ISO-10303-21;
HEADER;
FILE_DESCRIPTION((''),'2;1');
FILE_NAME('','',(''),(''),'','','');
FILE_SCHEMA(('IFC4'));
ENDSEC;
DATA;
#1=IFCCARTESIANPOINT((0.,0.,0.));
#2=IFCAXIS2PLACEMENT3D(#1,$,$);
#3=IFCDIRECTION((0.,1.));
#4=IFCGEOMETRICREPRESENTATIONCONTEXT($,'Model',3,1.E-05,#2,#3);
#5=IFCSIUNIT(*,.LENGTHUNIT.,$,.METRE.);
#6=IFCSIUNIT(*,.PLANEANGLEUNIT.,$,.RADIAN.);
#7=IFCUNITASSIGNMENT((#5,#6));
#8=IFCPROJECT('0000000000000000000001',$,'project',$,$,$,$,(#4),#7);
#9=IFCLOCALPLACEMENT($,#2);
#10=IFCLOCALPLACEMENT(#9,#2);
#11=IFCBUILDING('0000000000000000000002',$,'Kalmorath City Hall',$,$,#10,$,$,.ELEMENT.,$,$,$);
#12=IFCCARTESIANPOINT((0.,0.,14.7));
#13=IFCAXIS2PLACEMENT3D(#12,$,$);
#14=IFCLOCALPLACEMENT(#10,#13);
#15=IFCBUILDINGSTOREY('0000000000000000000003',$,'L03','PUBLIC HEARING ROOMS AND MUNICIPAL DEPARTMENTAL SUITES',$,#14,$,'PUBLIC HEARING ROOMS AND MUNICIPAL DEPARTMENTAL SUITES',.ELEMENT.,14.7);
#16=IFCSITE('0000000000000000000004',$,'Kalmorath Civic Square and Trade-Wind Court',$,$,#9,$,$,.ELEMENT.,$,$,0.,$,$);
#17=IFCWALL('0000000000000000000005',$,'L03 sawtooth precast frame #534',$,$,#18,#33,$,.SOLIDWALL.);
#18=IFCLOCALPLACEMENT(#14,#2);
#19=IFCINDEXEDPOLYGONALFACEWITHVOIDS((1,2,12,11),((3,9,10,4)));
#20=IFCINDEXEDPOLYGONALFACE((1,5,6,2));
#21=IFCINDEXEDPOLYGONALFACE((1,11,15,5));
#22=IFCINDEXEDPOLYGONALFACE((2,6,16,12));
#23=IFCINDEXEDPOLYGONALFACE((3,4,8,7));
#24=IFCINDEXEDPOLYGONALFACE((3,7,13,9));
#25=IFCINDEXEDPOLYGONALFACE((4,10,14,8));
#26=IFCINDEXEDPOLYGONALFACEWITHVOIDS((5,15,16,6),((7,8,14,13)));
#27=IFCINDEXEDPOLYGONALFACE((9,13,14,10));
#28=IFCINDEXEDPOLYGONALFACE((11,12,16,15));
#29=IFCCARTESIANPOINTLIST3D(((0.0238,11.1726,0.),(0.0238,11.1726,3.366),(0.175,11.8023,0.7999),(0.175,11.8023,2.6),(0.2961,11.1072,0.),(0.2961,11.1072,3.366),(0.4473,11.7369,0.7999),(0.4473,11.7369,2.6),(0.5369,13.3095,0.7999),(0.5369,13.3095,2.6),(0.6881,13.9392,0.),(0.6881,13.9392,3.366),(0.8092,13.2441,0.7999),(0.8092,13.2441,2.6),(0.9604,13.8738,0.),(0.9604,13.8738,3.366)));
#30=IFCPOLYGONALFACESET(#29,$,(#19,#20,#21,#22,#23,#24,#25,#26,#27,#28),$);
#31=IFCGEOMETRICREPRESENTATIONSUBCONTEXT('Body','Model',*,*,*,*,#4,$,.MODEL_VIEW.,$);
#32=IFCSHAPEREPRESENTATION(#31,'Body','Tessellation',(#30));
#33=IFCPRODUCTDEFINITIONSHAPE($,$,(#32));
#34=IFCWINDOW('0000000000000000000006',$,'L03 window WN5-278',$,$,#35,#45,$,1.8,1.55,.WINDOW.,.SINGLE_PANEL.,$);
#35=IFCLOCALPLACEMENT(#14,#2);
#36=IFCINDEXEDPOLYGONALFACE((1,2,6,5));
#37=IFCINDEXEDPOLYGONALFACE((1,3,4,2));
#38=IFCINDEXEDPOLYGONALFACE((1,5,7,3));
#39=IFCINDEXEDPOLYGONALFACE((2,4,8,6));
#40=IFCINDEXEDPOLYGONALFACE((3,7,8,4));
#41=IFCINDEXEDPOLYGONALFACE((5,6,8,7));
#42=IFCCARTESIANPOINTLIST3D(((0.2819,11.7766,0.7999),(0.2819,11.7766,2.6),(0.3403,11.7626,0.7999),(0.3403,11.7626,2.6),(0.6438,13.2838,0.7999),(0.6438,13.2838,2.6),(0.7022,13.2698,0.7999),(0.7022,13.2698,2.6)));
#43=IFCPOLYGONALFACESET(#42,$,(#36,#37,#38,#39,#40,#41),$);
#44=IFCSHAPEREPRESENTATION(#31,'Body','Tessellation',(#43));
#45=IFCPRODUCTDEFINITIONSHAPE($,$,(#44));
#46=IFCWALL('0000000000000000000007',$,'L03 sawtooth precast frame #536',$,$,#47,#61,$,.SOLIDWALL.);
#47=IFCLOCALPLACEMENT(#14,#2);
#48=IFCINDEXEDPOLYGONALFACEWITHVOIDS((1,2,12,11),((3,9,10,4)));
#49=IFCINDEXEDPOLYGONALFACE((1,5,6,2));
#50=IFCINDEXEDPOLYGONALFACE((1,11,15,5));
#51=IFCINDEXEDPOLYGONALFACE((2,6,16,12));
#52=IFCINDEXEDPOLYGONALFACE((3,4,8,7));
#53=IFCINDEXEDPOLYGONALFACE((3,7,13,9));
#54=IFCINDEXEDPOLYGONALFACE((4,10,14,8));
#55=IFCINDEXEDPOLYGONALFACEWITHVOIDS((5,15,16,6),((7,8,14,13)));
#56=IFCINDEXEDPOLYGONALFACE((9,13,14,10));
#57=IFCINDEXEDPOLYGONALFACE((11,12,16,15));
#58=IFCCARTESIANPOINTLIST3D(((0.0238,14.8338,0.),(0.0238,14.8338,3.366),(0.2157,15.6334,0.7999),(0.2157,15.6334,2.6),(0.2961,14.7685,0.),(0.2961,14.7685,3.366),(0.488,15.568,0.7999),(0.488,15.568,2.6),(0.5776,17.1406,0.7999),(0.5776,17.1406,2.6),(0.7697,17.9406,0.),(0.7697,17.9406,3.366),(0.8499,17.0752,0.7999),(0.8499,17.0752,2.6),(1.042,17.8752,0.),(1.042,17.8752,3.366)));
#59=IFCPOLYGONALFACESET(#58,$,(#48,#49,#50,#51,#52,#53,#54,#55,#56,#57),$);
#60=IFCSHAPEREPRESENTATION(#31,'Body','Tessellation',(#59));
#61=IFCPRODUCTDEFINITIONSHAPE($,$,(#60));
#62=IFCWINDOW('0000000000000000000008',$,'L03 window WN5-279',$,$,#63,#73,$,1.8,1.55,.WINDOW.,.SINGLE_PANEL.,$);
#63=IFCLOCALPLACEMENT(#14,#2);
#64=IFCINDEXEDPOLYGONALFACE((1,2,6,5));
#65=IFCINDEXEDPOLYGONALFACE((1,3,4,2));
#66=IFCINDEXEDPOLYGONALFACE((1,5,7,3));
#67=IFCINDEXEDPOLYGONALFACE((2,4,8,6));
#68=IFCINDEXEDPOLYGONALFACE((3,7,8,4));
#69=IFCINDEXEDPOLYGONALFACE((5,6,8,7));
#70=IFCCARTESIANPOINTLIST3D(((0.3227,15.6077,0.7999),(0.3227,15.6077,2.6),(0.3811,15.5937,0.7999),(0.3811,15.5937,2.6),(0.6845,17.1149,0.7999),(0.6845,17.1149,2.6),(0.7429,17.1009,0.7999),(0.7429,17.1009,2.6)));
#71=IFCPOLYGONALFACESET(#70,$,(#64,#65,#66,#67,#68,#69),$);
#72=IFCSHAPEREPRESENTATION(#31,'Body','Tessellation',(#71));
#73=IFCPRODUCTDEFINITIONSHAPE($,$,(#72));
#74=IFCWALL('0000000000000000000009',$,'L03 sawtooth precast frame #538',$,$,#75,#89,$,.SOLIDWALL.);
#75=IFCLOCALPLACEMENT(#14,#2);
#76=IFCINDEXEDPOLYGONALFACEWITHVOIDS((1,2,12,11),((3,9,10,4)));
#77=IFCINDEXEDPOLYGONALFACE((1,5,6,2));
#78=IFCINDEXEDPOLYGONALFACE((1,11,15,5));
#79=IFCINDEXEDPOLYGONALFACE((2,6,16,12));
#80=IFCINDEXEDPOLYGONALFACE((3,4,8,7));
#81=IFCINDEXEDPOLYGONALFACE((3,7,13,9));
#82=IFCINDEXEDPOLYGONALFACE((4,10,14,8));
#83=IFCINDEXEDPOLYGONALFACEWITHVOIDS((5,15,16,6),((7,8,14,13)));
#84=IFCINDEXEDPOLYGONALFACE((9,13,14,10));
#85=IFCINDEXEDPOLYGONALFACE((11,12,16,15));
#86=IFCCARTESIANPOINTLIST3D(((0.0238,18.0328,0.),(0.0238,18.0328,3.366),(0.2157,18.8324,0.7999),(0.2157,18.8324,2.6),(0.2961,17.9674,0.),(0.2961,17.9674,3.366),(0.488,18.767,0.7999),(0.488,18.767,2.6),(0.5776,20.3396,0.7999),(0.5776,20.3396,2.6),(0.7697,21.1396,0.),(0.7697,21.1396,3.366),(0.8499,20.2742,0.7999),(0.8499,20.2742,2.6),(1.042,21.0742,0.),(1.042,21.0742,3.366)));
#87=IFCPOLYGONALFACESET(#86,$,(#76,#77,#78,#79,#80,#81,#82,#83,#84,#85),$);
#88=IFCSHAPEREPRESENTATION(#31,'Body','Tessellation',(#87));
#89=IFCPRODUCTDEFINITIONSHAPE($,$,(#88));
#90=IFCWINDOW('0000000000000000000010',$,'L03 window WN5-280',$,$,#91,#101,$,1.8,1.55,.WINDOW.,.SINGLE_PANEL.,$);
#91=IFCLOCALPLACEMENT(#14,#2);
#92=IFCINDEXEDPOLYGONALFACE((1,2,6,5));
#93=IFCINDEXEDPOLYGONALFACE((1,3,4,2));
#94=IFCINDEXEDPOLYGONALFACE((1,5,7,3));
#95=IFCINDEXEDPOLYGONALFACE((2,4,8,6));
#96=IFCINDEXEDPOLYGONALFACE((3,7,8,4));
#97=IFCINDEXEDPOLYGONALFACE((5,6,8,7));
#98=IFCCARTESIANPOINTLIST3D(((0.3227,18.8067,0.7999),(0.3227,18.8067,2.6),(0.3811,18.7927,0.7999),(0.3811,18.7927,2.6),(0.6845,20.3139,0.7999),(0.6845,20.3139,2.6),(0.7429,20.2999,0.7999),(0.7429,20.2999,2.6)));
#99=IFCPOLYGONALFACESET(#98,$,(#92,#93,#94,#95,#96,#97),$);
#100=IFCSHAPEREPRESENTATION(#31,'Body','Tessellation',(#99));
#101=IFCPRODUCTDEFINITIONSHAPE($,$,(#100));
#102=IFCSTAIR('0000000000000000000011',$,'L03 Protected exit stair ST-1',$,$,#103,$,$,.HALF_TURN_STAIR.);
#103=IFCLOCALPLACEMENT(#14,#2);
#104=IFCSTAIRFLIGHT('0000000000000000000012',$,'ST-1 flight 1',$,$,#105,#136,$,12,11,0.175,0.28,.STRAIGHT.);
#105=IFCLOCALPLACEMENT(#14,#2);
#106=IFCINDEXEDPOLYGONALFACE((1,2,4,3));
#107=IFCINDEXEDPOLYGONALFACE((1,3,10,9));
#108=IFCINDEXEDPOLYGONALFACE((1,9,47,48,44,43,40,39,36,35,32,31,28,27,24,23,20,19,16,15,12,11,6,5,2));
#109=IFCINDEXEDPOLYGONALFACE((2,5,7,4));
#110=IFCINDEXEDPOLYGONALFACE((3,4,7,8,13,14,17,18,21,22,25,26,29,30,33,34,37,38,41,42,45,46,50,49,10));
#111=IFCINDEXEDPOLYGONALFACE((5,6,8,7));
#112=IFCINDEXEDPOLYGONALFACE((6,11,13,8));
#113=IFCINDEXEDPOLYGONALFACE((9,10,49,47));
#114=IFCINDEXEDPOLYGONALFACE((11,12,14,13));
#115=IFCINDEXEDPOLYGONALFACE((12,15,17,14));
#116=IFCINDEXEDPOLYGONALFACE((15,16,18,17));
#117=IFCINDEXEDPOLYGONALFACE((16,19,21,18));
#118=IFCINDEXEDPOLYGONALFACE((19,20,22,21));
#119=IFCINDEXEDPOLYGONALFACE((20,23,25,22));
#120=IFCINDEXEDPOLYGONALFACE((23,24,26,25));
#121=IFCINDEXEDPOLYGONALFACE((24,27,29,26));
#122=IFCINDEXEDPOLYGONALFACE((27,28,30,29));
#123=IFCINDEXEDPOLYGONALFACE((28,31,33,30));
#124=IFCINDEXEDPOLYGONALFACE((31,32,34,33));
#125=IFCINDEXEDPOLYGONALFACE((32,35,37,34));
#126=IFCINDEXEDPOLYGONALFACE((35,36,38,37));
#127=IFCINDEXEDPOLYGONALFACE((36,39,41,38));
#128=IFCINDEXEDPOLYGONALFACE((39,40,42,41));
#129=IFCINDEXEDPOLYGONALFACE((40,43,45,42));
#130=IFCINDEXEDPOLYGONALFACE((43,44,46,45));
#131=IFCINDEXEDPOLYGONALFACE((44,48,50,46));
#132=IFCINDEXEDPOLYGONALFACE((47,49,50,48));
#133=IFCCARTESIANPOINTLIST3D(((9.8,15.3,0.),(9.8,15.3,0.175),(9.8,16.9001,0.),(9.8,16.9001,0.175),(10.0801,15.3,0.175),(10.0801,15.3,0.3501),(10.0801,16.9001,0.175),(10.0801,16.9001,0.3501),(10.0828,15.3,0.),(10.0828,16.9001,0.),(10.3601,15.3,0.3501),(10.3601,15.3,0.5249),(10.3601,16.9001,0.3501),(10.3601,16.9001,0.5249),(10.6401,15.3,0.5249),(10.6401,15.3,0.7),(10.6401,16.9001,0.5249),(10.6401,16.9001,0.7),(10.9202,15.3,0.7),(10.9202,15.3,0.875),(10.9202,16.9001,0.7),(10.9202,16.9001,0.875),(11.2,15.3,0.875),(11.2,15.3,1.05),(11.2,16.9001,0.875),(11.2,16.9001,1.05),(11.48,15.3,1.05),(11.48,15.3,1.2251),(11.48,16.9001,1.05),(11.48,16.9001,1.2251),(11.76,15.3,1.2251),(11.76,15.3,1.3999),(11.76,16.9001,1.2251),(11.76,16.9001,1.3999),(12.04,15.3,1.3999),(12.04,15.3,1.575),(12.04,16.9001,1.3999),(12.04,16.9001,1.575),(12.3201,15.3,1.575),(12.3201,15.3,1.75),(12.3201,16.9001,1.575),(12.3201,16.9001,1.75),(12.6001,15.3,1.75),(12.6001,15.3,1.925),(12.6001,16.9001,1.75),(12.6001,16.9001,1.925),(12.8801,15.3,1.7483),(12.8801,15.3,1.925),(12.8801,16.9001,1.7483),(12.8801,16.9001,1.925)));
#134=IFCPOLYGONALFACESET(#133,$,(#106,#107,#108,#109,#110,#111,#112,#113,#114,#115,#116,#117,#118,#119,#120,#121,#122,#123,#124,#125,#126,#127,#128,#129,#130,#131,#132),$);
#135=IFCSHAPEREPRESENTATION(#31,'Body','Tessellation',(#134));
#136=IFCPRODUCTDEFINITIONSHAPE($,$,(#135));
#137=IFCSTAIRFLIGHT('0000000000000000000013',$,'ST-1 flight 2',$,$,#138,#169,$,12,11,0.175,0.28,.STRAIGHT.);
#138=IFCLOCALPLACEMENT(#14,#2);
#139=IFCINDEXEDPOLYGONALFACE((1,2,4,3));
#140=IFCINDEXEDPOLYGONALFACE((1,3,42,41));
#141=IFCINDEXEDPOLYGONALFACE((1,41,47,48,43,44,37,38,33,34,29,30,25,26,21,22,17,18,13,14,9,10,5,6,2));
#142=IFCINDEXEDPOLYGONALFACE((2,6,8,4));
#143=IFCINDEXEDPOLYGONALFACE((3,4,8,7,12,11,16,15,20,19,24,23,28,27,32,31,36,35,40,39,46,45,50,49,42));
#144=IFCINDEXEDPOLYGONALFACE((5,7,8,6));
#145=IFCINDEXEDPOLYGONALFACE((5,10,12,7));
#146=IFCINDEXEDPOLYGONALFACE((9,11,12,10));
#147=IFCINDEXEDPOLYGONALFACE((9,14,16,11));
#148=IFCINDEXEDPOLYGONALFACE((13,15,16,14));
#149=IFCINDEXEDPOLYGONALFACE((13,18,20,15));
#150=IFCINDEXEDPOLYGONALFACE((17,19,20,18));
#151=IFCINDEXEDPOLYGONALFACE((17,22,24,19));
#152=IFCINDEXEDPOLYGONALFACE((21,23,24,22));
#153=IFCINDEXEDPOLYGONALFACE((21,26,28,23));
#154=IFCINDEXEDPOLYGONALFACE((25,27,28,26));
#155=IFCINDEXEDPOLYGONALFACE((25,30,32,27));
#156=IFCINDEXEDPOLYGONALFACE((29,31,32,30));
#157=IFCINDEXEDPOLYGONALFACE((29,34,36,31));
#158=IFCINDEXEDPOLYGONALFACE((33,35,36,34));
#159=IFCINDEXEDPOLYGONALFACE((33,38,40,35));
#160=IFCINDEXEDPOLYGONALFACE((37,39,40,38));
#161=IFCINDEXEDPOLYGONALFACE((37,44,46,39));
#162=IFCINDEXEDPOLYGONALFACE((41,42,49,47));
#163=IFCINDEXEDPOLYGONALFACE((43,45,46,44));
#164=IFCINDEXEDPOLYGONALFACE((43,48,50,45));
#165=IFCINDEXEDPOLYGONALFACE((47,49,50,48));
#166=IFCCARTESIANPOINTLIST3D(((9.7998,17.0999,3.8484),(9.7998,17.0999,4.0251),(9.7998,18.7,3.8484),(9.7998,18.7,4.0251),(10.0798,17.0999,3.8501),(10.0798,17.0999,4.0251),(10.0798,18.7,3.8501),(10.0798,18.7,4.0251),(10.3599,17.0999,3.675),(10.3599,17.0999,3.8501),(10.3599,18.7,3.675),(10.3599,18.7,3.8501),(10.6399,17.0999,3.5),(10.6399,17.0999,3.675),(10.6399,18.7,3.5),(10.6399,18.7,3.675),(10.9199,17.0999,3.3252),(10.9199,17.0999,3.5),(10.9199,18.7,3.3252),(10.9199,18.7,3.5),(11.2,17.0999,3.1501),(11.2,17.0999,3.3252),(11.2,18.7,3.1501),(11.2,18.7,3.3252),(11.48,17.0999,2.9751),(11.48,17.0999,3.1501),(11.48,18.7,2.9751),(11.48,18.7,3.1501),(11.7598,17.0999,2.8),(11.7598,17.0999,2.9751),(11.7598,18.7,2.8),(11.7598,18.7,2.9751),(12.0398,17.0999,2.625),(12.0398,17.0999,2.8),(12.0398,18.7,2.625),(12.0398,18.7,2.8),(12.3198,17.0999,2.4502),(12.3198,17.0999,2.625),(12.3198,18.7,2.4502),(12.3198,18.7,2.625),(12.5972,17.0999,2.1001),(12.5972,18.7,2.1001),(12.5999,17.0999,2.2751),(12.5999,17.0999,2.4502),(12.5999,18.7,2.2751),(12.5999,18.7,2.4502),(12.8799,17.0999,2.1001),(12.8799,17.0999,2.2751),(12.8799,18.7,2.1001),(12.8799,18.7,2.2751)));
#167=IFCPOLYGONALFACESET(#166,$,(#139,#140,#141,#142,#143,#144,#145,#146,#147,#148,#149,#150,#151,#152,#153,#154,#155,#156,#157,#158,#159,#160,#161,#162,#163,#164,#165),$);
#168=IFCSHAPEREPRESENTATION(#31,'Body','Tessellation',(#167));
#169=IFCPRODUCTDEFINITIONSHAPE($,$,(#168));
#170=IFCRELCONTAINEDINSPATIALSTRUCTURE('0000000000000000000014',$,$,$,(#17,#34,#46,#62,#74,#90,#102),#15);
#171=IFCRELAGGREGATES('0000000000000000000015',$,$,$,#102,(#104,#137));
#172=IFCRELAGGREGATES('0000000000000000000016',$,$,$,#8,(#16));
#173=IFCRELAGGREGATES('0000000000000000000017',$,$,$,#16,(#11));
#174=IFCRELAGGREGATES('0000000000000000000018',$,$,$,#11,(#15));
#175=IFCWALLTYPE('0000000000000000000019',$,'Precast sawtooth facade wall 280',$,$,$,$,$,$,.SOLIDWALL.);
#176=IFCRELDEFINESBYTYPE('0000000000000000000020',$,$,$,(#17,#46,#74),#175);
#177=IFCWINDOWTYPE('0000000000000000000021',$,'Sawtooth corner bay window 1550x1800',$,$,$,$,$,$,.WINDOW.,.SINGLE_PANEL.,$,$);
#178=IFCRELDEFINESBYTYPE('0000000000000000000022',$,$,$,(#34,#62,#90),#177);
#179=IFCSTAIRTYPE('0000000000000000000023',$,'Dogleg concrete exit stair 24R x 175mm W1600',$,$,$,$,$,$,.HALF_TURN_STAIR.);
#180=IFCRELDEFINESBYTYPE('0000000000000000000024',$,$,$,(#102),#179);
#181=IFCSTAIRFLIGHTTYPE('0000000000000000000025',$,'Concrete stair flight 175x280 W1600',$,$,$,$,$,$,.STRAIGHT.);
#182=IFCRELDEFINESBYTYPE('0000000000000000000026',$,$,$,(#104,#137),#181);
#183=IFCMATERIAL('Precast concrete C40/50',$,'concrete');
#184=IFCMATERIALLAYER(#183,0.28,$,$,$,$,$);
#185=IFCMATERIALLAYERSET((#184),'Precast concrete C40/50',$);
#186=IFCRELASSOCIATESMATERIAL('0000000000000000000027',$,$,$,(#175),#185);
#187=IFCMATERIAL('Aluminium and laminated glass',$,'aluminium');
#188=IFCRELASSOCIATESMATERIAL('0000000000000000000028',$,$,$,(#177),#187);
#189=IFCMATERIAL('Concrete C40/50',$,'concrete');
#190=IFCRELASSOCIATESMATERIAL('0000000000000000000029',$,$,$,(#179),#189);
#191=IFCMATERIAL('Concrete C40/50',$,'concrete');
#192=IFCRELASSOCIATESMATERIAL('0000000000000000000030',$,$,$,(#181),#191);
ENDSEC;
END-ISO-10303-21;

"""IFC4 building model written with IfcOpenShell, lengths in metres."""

from ifc_helpers import new_model, si_unit, direction, frame, frame_2d, origin, place, context, subcontext, project, spatial, polyline, rectangle, outline, extrude, material, layer, layer_set, type_object, element, fill, aggregate, save


model = new_model("IFC4")

# Units and contexts
model_context = context("Model", 3, precision=1e-05, world=origin(), true_north=direction((0.0, 1.0)))
body_context = subcontext(model_context, "Body", "Model", "MODEL_VIEW")
ifc_project = project(units=[si_unit("LENGTHUNIT", "METRE"), si_unit("PLANEANGLEUNIT", "RADIAN")], contexts=[model_context])

# Site, building, storey
site_placement = place(None, origin())
site = spatial("IfcSite", under=ifc_project, at=site_placement, Name="Kalmorath Civic Square and Trade-Wind Court", CompositionType="ELEMENT", RefElevation=0.0)
building_placement = place(site_placement, origin())
building = spatial("IfcBuilding", under=site, at=building_placement, Name="Kalmorath City Hall", CompositionType="ELEMENT")
storey_placement = place(building_placement, frame((0.0, 0.0, 14.7)))
storey = spatial("IfcBuildingStorey", under=building, at=storey_placement, Name="L03", Description="PUBLIC HEARING ROOMS AND MUNICIPAL DEPARTMENTAL SUITES", LongName="PUBLIC HEARING ROOMS AND MUNICIPAL DEPARTMENTAL SUITES", CompositionType="ELEMENT", Elevation=14.7)

# Walls, openings, windows
ifc_material_1 = material(Name="Precast concrete C40/50", Category="concrete")
ifc_layer_1 = layer(ifc_material_1, 0.28)
ifc_layer_set_1 = layer_set([ifc_layer_1], Name="Precast concrete C40/50")
wall_type_1 = type_object("IfcWallType", Name="Precast sawtooth facade wall 280", PredefinedType="SOLIDWALL", material=ifc_layer_set_1)
wall_1_placement = place(storey_placement, frame((0.1599, 11.1399, 0.0), z_axis=(0.0, 0.0, 1.0), x_axis=(0.23348, 0.972362, 0.0)))
wall_1 = element("IfcWall", 1, at=wall_1_placement, inside=storey, type_object=wall_type_1, Name="L03 sawtooth precast frame #534", PredefinedType="SOLIDWALL", context=body_context, shape_type="SweptSolid", body=[
    extrude(rectangle(XDim=2.8452, YDim=0.28, at=frame_2d((1.4226, 0.0))), origin(), (0.0, 0.0, 1.0), 3.366),
])
opening_1_placement = place(wall_1_placement, frame((0.6477, 0.0, 0.8)))
opening_1 = element("IfcOpeningElement", 2, at=opening_1_placement, cuts=wall_1, PredefinedType="OPENING", context=body_context, shape_type="SweptSolid", body=[
    extrude(rectangle(XDim=1.55, YDim=1.8, at=frame_2d((0.7749, 0.8999))), frame((0.0, 0.1499, 0.0), z_axis=(0.0, -1.0, 0.0), x_axis=(1.0, 0.0, 0.0)), (0.0, 0.0, 1.0), 0.3),
])
ifc_material_2 = material(Name="Aluminium and laminated glass", Category="aluminium")
window_type = type_object("IfcWindowType", Name="Sawtooth corner bay window 1550x1800", PartitioningType="SINGLE_PANEL", PredefinedType="WINDOW", material=ifc_material_2)
window_1_placement = place(opening_1_placement, origin())
window_1 = element("IfcWindow", 3, at=window_1_placement, inside=storey, type_object=window_type, Name="L03 window WN5-278", OverallHeight=1.8, OverallWidth=1.55, PartitioningType="SINGLE_PANEL", PredefinedType="WINDOW", context=body_context, shape_type="SweptSolid", body=[
    extrude(rectangle(XDim=1.55, YDim=1.8, at=frame_2d((0.7749, 0.8999))), frame((0.0, 0.03, 0.0), z_axis=(0.0, -1.0, 0.0), x_axis=(1.0, 0.0, 0.0)), (0.0, 0.0, 1.0), 0.0601),
])
fill(opening_1, window_1)
wall_2_placement = place(storey_placement, frame((0.1599, 14.801, 0.0), z_axis=(0.0, 0.0, 1.0), x_axis=(0.233445, 0.97237, 0.0)))
wall_2 = element("IfcWall", 4, at=wall_2_placement, inside=storey, type_object=wall_type_1, Name="L03 sawtooth precast frame #536", PredefinedType="SOLIDWALL", context=body_context, shape_type="SweptSolid", body=[
    extrude(rectangle(XDim=3.1951, YDim=0.28, at=frame_2d((1.5977, 0.0))), origin(), (0.0, 0.0, 1.0), 3.366),
])
opening_2_placement = place(wall_2_placement, frame((0.8225, 0.0, 0.8)))
opening_2 = element("IfcOpeningElement", 5, at=opening_2_placement, cuts=wall_2, PredefinedType="OPENING", context=body_context, shape_type="SweptSolid", body=[
    extrude(rectangle(XDim=1.55, YDim=1.8, at=frame_2d((0.7749, 0.8999))), frame((0.0, 0.1499, 0.0), z_axis=(0.0, -1.0, 0.0), x_axis=(1.0, 0.0, 0.0)), (0.0, 0.0, 1.0), 0.3),
])
window_2_placement = place(opening_2_placement, origin())
window_2 = element("IfcWindow", 6, at=window_2_placement, inside=storey, type_object=window_type, Name="L03 window WN5-279", OverallHeight=1.8, OverallWidth=1.55, PartitioningType="SINGLE_PANEL", PredefinedType="WINDOW", context=body_context, shape_type="SweptSolid", body=[
    extrude(rectangle(XDim=1.55, YDim=1.8, at=frame_2d((0.7749, 0.8999))), frame((0.0, 0.03, 0.0), z_axis=(0.0, -1.0, 0.0), x_axis=(1.0, 0.0, 0.0)), (0.0, 0.0, 1.0), 0.0601),
])
fill(opening_2, window_2)
wall_3_placement = place(storey_placement, frame((0.1599, 18.0, 0.0), z_axis=(0.0, 0.0, 1.0), x_axis=(0.233445, 0.97237, 0.0)))
wall_3 = element("IfcWall", 7, at=wall_3_placement, inside=storey, type_object=wall_type_1, Name="L03 sawtooth precast frame #538", PredefinedType="SOLIDWALL", context=body_context, shape_type="SweptSolid", body=[
    extrude(rectangle(XDim=3.1951, YDim=0.28, at=frame_2d((1.5977, 0.0))), origin(), (0.0, 0.0, 1.0), 3.366),
])
opening_3_placement = place(wall_3_placement, frame((0.8225, 0.0, 0.8)))
opening_3 = element("IfcOpeningElement", 8, at=opening_3_placement, cuts=wall_3, PredefinedType="OPENING", context=body_context, shape_type="SweptSolid", body=[
    extrude(rectangle(XDim=1.55, YDim=1.8, at=frame_2d((0.7749, 0.8999))), frame((0.0, 0.1499, 0.0), z_axis=(0.0, -1.0, 0.0), x_axis=(1.0, 0.0, 0.0)), (0.0, 0.0, 1.0), 0.3),
])
window_3_placement = place(opening_3_placement, origin())
window_3 = element("IfcWindow", 9, at=window_3_placement, inside=storey, type_object=window_type, Name="L03 window WN5-280", OverallHeight=1.8, OverallWidth=1.55, PartitioningType="SINGLE_PANEL", PredefinedType="WINDOW", context=body_context, shape_type="SweptSolid", body=[
    extrude(rectangle(XDim=1.55, YDim=1.8, at=frame_2d((0.7749, 0.8999))), frame((0.0, 0.03, 0.0), z_axis=(0.0, -1.0, 0.0), x_axis=(1.0, 0.0, 0.0)), (0.0, 0.0, 1.0), 0.0601),
])
fill(opening_3, window_3)

# Stair, stair flights
ifc_material_3 = material(Name="Concrete C40/50", Category="concrete")
stair_type = type_object("IfcStairType", Name="Dogleg concrete exit stair 24R x 175mm W1600", PredefinedType="HALF_TURN_STAIR", material=ifc_material_3)
stair_placement = place(storey_placement, origin())
stair = element("IfcStair", 10, at=stair_placement, inside=storey, type_object=stair_type, Name="L03 Protected exit stair ST-1", PredefinedType="HALF_TURN_STAIR")
ifc_material_4 = material(Name="Concrete C40/50", Category="concrete")
stair_flight_type = type_object("IfcStairFlightType", Name="Concrete stair flight 175x280 W1600", PredefinedType="STRAIGHT", material=ifc_material_4)
stair_flight_1_placement = place(storey_placement, frame((9.8, 16.1001, 0.0), z_axis=(0.0, 0.0, 1.0), x_axis=(1.0, 0.0, 0.0)))
stair_flight_1 = element("IfcStairFlight", 11, at=stair_flight_1_placement, type_object=stair_flight_type, Name="ST-1 flight 1", NumberOfRisers=12, NumberOfTreads=11, PredefinedType="STRAIGHT", RiserHeight=0.175, TreadLength=0.28, context=body_context, shape_type="SweptSolid", body=[
    extrude(outline(polyline([(0.0, 0.0), (0.0, 0.175), (0.28, 0.175), (0.28, 0.3501), (0.5601, 0.3501), (0.5601, 0.5249), (0.8401, 0.5249), (0.8401, 0.7), (1.1201, 0.7), (1.1201, 0.875), (1.3999, 0.875), (1.3999, 1.05), (1.6799, 1.05), (1.6799, 1.2251), (1.96, 1.2251), (1.96, 1.3999), (2.24, 1.3999), (2.24, 1.575), (2.52, 1.575), (2.52, 1.75), (2.8, 1.75), (2.8, 1.925), (3.0801, 1.925), (3.0801, 2.1001), (3.0801, 1.7483), (0.2827, 0.0), (0.0, 0.0)])), frame((0.0, 0.8, 0.0), z_axis=(0.0, -1.0, 0.0), x_axis=(1.0, 0.0, 0.0)), (0.0, 0.0, 1.0), 1.6001),
])
stair_flight_2_placement = place(storey_placement, frame((12.8799, 17.8999, 2.1001), z_axis=(0.0, 0.0, 1.0), x_axis=(-1.0, 0.0, 0.0)))
stair_flight_2 = element("IfcStairFlight", 12, at=stair_flight_2_placement, type_object=stair_flight_type, Name="ST-1 flight 2", NumberOfRisers=12, NumberOfTreads=11, PredefinedType="STRAIGHT", RiserHeight=0.175, TreadLength=0.28, context=body_context, shape_type="SweptSolid", body=[
    extrude(outline(polyline([(0.0, 0.0), (0.0, 0.175), (0.28, 0.175), (0.28, 0.3501), (0.5601, 0.3501), (0.5601, 0.5249), (0.8401, 0.5249), (0.8401, 0.7), (1.1201, 0.7), (1.1201, 0.875), (1.3999, 0.875), (1.3999, 1.05), (1.6799, 1.05), (1.6799, 1.2251), (1.96, 1.2251), (1.96, 1.3999), (2.24, 1.3999), (2.24, 1.575), (2.52, 1.575), (2.52, 1.75), (2.8, 1.75), (2.8, 1.925), (3.0801, 1.925), (3.0801, 2.1001), (3.0801, 1.7483), (0.2827, 0.0), (0.0, 0.0)])), frame((0.0, 0.8, 0.0), z_axis=(0.0, -1.0, 0.0), x_axis=(1.0, 0.0, 0.0)), (0.0, 0.0, 1.0), 1.6001),
])
aggregate(stair, [stair_flight_1, stair_flight_2])

save(model, "model.ifc")
